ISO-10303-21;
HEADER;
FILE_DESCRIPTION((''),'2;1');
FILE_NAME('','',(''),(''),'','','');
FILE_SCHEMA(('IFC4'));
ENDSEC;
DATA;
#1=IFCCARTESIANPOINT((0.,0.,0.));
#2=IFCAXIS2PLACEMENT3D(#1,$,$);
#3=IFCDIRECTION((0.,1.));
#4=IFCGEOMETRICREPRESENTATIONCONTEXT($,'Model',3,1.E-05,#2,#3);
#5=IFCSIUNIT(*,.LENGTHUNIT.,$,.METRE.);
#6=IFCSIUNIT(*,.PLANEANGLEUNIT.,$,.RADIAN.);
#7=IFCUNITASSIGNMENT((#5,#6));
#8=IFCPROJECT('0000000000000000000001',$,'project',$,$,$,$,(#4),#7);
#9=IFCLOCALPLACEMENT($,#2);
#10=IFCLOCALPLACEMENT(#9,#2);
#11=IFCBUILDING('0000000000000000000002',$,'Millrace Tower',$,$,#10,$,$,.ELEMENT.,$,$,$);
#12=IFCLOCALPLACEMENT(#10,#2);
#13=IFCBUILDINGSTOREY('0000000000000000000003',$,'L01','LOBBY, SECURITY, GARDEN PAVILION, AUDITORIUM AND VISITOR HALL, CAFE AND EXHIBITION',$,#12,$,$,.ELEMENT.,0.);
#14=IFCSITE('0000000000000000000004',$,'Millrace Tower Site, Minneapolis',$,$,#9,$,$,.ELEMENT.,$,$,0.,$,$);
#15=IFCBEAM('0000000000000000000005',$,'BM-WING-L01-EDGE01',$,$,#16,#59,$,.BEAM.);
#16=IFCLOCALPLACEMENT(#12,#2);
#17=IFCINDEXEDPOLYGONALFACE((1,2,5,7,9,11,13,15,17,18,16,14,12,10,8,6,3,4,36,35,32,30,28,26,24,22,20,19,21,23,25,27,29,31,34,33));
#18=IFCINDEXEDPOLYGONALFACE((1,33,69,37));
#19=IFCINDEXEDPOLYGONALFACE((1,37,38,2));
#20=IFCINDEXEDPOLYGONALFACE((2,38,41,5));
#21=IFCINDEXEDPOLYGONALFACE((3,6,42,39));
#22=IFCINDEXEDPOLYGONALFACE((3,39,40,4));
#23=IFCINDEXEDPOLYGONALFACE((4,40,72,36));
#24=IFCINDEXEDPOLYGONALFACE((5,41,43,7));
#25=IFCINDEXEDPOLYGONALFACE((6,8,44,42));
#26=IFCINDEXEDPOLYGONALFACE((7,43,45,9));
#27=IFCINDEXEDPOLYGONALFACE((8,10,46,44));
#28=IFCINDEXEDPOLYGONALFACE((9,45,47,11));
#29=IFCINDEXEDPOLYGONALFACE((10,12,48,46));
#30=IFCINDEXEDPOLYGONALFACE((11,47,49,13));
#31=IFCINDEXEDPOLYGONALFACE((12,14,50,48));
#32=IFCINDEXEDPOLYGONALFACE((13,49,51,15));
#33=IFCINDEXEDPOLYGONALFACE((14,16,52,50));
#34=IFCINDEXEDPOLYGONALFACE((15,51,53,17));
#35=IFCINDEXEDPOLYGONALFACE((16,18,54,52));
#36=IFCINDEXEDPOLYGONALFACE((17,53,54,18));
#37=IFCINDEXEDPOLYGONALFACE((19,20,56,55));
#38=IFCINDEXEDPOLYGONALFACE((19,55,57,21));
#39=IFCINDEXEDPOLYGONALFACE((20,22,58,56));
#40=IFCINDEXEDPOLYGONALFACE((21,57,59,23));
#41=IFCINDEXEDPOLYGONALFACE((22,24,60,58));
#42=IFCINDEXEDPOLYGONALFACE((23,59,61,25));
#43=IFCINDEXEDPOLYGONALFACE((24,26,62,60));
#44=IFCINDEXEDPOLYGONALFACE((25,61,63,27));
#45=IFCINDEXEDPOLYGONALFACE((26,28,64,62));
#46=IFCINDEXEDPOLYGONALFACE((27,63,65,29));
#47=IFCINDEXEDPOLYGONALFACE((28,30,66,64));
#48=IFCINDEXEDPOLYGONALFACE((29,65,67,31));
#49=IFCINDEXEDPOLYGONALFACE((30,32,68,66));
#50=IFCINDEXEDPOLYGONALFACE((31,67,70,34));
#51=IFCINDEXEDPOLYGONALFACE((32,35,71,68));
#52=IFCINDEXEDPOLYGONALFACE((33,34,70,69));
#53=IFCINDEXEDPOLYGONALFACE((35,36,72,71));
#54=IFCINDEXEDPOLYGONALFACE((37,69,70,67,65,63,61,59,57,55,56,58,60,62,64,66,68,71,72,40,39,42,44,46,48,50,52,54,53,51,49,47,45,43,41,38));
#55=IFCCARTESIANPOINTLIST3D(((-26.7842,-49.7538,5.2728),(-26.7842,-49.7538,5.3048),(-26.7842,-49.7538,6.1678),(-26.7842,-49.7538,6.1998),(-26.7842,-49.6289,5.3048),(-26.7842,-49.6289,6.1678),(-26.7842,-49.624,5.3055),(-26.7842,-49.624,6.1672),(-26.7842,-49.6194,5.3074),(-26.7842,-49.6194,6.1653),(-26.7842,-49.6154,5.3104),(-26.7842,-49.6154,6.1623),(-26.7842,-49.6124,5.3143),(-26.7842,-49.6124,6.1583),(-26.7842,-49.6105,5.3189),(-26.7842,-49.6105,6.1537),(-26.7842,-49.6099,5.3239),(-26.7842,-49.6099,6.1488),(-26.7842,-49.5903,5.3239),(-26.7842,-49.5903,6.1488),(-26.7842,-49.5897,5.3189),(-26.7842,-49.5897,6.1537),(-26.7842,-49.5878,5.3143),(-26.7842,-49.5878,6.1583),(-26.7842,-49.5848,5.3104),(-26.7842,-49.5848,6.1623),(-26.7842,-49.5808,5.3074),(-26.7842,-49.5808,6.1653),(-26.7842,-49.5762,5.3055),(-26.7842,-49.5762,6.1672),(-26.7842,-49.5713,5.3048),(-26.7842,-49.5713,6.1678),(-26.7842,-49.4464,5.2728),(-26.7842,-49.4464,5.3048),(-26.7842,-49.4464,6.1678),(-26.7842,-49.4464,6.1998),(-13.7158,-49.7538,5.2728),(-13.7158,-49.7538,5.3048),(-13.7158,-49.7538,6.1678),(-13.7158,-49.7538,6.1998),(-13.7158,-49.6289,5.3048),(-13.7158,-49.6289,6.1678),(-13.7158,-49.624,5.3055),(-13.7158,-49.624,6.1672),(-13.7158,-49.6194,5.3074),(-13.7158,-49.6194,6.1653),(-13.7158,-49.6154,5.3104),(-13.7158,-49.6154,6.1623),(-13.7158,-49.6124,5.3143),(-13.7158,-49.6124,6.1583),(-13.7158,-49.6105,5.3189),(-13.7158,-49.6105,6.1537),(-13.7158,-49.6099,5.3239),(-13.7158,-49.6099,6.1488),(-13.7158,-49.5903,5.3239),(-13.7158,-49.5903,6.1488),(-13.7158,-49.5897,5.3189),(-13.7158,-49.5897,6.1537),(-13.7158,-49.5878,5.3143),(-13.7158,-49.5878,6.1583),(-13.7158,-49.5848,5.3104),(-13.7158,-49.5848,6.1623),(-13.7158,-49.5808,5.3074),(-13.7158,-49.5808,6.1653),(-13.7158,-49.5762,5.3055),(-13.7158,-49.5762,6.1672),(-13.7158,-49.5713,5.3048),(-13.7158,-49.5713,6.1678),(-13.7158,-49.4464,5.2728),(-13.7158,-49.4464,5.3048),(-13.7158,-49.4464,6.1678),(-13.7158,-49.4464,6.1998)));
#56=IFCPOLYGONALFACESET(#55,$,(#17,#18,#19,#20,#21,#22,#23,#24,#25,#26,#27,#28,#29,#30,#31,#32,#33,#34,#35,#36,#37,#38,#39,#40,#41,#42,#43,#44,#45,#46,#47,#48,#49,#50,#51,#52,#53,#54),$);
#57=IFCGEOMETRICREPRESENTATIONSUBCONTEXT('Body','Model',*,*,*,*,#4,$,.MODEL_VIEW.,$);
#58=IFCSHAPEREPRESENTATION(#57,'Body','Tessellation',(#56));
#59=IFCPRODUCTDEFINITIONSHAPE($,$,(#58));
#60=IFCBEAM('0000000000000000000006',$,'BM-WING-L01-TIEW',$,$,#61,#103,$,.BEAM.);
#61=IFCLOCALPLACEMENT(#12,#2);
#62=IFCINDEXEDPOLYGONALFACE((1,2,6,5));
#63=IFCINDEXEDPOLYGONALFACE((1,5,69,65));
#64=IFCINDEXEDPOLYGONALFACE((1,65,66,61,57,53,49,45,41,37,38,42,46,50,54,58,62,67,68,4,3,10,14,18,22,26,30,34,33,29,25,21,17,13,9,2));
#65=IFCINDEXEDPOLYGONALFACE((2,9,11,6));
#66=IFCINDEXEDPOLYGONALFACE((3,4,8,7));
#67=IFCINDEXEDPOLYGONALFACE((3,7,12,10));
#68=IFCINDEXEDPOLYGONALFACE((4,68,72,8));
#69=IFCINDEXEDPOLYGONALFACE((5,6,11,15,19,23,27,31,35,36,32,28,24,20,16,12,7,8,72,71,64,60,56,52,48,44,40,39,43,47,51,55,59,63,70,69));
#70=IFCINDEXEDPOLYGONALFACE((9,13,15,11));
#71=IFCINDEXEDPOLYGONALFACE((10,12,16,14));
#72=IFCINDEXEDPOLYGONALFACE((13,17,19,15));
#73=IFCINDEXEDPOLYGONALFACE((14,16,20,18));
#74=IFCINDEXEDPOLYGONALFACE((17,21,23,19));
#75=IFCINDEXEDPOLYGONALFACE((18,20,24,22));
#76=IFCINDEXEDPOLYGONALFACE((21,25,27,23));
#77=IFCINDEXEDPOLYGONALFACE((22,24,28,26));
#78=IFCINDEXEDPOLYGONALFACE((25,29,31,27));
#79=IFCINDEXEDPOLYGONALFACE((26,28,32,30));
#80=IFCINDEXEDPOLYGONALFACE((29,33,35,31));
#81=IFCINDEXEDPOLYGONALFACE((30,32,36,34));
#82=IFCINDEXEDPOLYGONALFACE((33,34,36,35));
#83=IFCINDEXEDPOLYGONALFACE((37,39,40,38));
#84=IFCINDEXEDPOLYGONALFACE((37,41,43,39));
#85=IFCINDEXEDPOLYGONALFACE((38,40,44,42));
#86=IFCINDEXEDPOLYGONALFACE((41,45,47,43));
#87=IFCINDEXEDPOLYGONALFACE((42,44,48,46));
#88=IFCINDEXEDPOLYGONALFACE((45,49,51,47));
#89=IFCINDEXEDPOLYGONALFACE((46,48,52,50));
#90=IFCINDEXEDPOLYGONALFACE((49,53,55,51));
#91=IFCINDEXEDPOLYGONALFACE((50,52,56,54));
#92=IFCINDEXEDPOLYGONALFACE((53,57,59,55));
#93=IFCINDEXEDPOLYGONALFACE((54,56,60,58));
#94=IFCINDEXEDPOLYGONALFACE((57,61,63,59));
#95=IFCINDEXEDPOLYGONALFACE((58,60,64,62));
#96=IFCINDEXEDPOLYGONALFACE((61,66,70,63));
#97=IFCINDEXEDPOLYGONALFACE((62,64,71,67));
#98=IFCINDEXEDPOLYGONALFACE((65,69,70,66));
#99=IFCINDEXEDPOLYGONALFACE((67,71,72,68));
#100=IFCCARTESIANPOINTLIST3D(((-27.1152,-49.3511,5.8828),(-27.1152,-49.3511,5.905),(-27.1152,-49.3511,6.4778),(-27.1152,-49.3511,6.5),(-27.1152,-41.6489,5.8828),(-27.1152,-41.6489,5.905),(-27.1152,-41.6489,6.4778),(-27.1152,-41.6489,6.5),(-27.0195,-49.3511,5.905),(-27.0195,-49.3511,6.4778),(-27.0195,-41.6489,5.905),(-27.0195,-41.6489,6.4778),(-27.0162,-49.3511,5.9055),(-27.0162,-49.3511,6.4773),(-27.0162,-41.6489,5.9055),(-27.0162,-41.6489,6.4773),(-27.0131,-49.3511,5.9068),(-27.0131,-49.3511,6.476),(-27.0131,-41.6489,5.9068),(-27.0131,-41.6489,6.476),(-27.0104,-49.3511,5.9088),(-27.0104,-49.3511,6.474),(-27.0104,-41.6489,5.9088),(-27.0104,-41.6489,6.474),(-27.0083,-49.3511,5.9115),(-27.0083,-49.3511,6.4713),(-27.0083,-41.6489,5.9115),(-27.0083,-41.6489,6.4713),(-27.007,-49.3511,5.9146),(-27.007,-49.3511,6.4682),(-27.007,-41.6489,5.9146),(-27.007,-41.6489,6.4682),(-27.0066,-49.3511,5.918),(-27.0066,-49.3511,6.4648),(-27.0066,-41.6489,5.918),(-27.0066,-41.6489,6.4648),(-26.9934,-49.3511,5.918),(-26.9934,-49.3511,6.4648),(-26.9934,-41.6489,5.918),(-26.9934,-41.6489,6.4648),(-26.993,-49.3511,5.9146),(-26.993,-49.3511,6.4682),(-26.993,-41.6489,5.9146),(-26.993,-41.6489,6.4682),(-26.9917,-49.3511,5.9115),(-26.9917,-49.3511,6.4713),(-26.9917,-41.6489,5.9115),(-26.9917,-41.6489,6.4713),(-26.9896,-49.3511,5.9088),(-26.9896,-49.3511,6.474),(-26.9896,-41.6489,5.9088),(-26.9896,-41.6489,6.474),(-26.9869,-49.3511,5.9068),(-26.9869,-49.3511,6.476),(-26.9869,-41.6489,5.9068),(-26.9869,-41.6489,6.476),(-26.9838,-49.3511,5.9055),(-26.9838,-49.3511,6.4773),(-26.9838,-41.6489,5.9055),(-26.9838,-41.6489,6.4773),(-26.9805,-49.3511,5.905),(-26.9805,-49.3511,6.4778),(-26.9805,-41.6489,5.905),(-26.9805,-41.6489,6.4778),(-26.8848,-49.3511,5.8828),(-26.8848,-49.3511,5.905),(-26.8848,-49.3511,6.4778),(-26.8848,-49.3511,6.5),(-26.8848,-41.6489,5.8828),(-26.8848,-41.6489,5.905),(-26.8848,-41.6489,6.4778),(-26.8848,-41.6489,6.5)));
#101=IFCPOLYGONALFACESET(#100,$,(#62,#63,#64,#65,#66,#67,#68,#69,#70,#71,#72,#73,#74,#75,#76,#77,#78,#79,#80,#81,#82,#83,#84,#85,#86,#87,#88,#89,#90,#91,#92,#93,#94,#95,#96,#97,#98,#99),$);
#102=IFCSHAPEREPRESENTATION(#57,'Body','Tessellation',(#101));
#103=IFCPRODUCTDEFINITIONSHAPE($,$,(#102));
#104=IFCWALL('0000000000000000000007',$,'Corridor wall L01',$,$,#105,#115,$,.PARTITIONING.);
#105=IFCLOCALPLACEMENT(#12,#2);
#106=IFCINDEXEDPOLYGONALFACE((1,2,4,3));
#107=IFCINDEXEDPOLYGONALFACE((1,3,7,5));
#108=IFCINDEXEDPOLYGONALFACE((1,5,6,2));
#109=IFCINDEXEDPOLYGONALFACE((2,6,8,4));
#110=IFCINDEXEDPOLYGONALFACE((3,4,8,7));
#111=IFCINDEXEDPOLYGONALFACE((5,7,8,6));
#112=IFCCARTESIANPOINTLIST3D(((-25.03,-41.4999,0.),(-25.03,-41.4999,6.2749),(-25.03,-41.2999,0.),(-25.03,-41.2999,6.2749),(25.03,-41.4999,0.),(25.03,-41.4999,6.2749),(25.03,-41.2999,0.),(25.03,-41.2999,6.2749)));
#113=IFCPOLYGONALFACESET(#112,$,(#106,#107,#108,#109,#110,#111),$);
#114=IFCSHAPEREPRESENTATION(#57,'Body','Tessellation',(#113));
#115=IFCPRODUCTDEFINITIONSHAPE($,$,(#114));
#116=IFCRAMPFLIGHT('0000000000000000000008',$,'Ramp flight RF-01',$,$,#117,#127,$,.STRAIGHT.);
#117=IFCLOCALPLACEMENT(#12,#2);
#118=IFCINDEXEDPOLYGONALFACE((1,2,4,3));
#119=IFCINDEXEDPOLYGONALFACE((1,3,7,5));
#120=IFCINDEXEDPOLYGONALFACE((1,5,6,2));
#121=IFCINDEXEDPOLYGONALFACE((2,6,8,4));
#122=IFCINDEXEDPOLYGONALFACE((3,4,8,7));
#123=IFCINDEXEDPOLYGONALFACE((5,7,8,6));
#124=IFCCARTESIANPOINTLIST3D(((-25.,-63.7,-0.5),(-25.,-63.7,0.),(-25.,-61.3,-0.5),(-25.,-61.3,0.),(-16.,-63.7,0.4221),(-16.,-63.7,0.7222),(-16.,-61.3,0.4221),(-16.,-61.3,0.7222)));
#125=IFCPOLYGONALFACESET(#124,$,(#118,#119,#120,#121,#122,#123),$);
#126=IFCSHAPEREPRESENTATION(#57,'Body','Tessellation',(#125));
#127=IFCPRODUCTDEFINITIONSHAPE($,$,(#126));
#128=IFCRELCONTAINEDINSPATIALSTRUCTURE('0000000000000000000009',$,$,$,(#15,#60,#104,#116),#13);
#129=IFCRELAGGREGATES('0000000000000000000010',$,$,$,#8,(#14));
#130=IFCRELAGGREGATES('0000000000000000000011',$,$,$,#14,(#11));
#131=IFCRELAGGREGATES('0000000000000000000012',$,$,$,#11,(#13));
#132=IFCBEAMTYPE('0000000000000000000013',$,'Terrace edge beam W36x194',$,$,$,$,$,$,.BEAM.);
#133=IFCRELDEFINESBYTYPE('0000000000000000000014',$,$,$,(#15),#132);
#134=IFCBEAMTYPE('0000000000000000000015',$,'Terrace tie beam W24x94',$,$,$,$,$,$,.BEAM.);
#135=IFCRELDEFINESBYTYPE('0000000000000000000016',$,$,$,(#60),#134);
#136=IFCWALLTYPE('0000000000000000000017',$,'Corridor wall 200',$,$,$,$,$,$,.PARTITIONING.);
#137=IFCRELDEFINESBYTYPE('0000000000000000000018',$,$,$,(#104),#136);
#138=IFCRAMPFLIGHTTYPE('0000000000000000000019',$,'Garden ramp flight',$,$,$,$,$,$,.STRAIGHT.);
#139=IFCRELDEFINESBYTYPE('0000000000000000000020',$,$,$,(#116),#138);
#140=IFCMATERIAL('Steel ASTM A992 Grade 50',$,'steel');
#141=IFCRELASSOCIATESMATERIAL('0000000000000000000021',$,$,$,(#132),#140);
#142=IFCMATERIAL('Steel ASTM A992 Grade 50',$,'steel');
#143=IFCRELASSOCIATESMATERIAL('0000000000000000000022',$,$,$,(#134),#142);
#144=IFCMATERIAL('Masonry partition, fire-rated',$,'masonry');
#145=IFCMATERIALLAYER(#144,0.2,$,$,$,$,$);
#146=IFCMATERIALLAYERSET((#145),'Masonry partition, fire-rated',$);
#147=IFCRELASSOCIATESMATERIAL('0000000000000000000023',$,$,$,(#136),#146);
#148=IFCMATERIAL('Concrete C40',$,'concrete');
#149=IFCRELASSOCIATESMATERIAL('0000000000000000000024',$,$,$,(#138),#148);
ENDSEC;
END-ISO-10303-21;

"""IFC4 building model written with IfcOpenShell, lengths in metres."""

from ifc_helpers import new_model, si_unit, direction, frame, frame_2d, origin, origin_2d, place, context, subcontext, project, spatial, polyline, rectangle, i_section, outline, extrude, material, layer, layer_set, material_profile, profile_set, type_object, element, save


model = new_model("IFC4")

# Units and contexts
model_context = context("Model", 3, precision=1e-05, world=origin(), true_north=direction((0.0, 1.0)))
body_context = subcontext(model_context, "Body", "Model", "MODEL_VIEW")
ifc_project = project(units=[si_unit("LENGTHUNIT", "METRE"), si_unit("PLANEANGLEUNIT", "RADIAN")], contexts=[model_context])

# Site, building, storey
site_placement = place(None, origin())
site = spatial("IfcSite", under=ifc_project, at=site_placement, Name="Millrace Tower Site, Minneapolis", CompositionType="ELEMENT", RefElevation=0.0)
building_placement = place(site_placement, origin())
building = spatial("IfcBuilding", under=site, at=building_placement, Name="Millrace Tower", CompositionType="ELEMENT")
storey_placement = place(building_placement, origin())
storey = spatial("IfcBuildingStorey", under=building, at=storey_placement, Name="L01", Description="LOBBY, SECURITY, GARDEN PAVILION, AUDITORIUM AND VISITOR HALL, CAFE AND EXHIBITION", CompositionType="ELEMENT", Elevation=0.0)

# Beams
ifc_material_1 = material(Name="Steel ASTM A992 Grade 50", Category="steel")
ifc_material_profile_1 = material_profile(ifc_material_1, i_section(OverallWidth=0.3074, OverallDepth=0.927, WebThickness=0.0195, FlangeThickness=0.032, FilletRadius=0.019, at=origin_2d()))
ifc_profile_set_1 = profile_set([ifc_material_profile_1], Name="Steel ASTM A992 Grade 50")
beam_type_1 = type_object("IfcBeamType", Name="Terrace edge beam W36x194", PredefinedType="BEAM", material=ifc_profile_set_1)
beam_1_placement = place(storey_placement, frame((-26.7842, -49.6001, 5.7363), z_axis=(1.0, 0.0, 0.0), x_axis=(0.0, 1.0, 0.0)))
element("IfcBeam", 1, at=beam_1_placement, inside=storey, type_object=beam_type_1, Name="BM-WING-L01-EDGE01", PredefinedType="BEAM", context=body_context, shape_type="SweptSolid", body=[
    extrude(i_section(OverallWidth=0.3074, OverallDepth=0.927, WebThickness=0.0195, FlangeThickness=0.032, FilletRadius=0.019, at=origin_2d()), origin(), (0.0, 0.0, 1.0), 13.0684),
])
ifc_material_2 = material(Name="Steel ASTM A992 Grade 50", Category="steel")
ifc_material_profile_2 = material_profile(ifc_material_2, i_section(OverallWidth=0.2305, OverallDepth=0.6172, WebThickness=0.0132, FlangeThickness=0.0222, FilletRadius=0.0129, at=origin_2d()))
ifc_profile_set_2 = profile_set([ifc_material_profile_2], Name="Steel ASTM A992 Grade 50")
beam_type_2 = type_object("IfcBeamType", Name="Terrace tie beam W24x94", PredefinedType="BEAM", material=ifc_profile_set_2)
beam_2_placement = place(storey_placement, frame((-27.0, -49.3511, 6.1914), z_axis=(0.0, 1.0, 0.0), x_axis=(-1.0, 0.0, 0.0)))
element("IfcBeam", 2, at=beam_2_placement, inside=storey, type_object=beam_type_2, Name="BM-WING-L01-TIEW", PredefinedType="BEAM", context=body_context, shape_type="SweptSolid", body=[
    extrude(i_section(OverallWidth=0.2305, OverallDepth=0.6172, WebThickness=0.0132, FlangeThickness=0.0222, FilletRadius=0.0129, at=origin_2d()), origin(), (0.0, 0.0, 1.0), 7.7021),
])

# Wall
ifc_material_3 = material(Name="Masonry partition, fire-rated", Category="masonry")
ifc_layer_1 = layer(ifc_material_3, 0.2)
ifc_layer_set_1 = layer_set([ifc_layer_1], Name="Masonry partition, fire-rated")
wall_type = type_object("IfcWallType", Name="Corridor wall 200", PredefinedType="PARTITIONING", material=ifc_layer_set_1)
wall_placement = place(storey_placement, frame((-25.03, -41.3999, 0.0), z_axis=(0.0, 0.0, 1.0), x_axis=(1.0, 0.0, 0.0)))
element("IfcWall", 3, at=wall_placement, inside=storey, type_object=wall_type, Name="Corridor wall L01", PredefinedType="PARTITIONING", context=body_context, shape_type="SweptSolid", body=[
    extrude(rectangle(XDim=50.0601, YDim=0.2, at=frame_2d((25.03, 0.0))), origin(), (0.0, 0.0, 1.0), 6.2749),
])

# Ramp flight
ifc_material_4 = material(Name="Concrete C40", Category="concrete")
ramp_flight_type = type_object("IfcRampFlightType", Name="Garden ramp flight", PredefinedType="STRAIGHT", material=ifc_material_4)
ramp_flight_placement = place(storey_placement, frame((-25.0, -62.5, -0.5), z_axis=(0.0, 0.0, 1.0), x_axis=(1.0, 0.0, 0.0)))
element("IfcRampFlight", 4, at=ramp_flight_placement, inside=storey, type_object=ramp_flight_type, Name="Ramp flight RF-01", PredefinedType="STRAIGHT", context=body_context, shape_type="SweptSolid", body=[
    extrude(outline(polyline([(0.0, 0.0), (9.0, 0.9221), (9.0, 1.2222), (0.0, 0.5), (0.0, 0.0)])), frame((0.0, 1.2, 0.0), z_axis=(0.0, -1.0, 0.0), x_axis=(1.0, 0.0, 0.0)), (0.0, 0.0, 1.0), 2.3999),
])

save(model, "model.ifc")
